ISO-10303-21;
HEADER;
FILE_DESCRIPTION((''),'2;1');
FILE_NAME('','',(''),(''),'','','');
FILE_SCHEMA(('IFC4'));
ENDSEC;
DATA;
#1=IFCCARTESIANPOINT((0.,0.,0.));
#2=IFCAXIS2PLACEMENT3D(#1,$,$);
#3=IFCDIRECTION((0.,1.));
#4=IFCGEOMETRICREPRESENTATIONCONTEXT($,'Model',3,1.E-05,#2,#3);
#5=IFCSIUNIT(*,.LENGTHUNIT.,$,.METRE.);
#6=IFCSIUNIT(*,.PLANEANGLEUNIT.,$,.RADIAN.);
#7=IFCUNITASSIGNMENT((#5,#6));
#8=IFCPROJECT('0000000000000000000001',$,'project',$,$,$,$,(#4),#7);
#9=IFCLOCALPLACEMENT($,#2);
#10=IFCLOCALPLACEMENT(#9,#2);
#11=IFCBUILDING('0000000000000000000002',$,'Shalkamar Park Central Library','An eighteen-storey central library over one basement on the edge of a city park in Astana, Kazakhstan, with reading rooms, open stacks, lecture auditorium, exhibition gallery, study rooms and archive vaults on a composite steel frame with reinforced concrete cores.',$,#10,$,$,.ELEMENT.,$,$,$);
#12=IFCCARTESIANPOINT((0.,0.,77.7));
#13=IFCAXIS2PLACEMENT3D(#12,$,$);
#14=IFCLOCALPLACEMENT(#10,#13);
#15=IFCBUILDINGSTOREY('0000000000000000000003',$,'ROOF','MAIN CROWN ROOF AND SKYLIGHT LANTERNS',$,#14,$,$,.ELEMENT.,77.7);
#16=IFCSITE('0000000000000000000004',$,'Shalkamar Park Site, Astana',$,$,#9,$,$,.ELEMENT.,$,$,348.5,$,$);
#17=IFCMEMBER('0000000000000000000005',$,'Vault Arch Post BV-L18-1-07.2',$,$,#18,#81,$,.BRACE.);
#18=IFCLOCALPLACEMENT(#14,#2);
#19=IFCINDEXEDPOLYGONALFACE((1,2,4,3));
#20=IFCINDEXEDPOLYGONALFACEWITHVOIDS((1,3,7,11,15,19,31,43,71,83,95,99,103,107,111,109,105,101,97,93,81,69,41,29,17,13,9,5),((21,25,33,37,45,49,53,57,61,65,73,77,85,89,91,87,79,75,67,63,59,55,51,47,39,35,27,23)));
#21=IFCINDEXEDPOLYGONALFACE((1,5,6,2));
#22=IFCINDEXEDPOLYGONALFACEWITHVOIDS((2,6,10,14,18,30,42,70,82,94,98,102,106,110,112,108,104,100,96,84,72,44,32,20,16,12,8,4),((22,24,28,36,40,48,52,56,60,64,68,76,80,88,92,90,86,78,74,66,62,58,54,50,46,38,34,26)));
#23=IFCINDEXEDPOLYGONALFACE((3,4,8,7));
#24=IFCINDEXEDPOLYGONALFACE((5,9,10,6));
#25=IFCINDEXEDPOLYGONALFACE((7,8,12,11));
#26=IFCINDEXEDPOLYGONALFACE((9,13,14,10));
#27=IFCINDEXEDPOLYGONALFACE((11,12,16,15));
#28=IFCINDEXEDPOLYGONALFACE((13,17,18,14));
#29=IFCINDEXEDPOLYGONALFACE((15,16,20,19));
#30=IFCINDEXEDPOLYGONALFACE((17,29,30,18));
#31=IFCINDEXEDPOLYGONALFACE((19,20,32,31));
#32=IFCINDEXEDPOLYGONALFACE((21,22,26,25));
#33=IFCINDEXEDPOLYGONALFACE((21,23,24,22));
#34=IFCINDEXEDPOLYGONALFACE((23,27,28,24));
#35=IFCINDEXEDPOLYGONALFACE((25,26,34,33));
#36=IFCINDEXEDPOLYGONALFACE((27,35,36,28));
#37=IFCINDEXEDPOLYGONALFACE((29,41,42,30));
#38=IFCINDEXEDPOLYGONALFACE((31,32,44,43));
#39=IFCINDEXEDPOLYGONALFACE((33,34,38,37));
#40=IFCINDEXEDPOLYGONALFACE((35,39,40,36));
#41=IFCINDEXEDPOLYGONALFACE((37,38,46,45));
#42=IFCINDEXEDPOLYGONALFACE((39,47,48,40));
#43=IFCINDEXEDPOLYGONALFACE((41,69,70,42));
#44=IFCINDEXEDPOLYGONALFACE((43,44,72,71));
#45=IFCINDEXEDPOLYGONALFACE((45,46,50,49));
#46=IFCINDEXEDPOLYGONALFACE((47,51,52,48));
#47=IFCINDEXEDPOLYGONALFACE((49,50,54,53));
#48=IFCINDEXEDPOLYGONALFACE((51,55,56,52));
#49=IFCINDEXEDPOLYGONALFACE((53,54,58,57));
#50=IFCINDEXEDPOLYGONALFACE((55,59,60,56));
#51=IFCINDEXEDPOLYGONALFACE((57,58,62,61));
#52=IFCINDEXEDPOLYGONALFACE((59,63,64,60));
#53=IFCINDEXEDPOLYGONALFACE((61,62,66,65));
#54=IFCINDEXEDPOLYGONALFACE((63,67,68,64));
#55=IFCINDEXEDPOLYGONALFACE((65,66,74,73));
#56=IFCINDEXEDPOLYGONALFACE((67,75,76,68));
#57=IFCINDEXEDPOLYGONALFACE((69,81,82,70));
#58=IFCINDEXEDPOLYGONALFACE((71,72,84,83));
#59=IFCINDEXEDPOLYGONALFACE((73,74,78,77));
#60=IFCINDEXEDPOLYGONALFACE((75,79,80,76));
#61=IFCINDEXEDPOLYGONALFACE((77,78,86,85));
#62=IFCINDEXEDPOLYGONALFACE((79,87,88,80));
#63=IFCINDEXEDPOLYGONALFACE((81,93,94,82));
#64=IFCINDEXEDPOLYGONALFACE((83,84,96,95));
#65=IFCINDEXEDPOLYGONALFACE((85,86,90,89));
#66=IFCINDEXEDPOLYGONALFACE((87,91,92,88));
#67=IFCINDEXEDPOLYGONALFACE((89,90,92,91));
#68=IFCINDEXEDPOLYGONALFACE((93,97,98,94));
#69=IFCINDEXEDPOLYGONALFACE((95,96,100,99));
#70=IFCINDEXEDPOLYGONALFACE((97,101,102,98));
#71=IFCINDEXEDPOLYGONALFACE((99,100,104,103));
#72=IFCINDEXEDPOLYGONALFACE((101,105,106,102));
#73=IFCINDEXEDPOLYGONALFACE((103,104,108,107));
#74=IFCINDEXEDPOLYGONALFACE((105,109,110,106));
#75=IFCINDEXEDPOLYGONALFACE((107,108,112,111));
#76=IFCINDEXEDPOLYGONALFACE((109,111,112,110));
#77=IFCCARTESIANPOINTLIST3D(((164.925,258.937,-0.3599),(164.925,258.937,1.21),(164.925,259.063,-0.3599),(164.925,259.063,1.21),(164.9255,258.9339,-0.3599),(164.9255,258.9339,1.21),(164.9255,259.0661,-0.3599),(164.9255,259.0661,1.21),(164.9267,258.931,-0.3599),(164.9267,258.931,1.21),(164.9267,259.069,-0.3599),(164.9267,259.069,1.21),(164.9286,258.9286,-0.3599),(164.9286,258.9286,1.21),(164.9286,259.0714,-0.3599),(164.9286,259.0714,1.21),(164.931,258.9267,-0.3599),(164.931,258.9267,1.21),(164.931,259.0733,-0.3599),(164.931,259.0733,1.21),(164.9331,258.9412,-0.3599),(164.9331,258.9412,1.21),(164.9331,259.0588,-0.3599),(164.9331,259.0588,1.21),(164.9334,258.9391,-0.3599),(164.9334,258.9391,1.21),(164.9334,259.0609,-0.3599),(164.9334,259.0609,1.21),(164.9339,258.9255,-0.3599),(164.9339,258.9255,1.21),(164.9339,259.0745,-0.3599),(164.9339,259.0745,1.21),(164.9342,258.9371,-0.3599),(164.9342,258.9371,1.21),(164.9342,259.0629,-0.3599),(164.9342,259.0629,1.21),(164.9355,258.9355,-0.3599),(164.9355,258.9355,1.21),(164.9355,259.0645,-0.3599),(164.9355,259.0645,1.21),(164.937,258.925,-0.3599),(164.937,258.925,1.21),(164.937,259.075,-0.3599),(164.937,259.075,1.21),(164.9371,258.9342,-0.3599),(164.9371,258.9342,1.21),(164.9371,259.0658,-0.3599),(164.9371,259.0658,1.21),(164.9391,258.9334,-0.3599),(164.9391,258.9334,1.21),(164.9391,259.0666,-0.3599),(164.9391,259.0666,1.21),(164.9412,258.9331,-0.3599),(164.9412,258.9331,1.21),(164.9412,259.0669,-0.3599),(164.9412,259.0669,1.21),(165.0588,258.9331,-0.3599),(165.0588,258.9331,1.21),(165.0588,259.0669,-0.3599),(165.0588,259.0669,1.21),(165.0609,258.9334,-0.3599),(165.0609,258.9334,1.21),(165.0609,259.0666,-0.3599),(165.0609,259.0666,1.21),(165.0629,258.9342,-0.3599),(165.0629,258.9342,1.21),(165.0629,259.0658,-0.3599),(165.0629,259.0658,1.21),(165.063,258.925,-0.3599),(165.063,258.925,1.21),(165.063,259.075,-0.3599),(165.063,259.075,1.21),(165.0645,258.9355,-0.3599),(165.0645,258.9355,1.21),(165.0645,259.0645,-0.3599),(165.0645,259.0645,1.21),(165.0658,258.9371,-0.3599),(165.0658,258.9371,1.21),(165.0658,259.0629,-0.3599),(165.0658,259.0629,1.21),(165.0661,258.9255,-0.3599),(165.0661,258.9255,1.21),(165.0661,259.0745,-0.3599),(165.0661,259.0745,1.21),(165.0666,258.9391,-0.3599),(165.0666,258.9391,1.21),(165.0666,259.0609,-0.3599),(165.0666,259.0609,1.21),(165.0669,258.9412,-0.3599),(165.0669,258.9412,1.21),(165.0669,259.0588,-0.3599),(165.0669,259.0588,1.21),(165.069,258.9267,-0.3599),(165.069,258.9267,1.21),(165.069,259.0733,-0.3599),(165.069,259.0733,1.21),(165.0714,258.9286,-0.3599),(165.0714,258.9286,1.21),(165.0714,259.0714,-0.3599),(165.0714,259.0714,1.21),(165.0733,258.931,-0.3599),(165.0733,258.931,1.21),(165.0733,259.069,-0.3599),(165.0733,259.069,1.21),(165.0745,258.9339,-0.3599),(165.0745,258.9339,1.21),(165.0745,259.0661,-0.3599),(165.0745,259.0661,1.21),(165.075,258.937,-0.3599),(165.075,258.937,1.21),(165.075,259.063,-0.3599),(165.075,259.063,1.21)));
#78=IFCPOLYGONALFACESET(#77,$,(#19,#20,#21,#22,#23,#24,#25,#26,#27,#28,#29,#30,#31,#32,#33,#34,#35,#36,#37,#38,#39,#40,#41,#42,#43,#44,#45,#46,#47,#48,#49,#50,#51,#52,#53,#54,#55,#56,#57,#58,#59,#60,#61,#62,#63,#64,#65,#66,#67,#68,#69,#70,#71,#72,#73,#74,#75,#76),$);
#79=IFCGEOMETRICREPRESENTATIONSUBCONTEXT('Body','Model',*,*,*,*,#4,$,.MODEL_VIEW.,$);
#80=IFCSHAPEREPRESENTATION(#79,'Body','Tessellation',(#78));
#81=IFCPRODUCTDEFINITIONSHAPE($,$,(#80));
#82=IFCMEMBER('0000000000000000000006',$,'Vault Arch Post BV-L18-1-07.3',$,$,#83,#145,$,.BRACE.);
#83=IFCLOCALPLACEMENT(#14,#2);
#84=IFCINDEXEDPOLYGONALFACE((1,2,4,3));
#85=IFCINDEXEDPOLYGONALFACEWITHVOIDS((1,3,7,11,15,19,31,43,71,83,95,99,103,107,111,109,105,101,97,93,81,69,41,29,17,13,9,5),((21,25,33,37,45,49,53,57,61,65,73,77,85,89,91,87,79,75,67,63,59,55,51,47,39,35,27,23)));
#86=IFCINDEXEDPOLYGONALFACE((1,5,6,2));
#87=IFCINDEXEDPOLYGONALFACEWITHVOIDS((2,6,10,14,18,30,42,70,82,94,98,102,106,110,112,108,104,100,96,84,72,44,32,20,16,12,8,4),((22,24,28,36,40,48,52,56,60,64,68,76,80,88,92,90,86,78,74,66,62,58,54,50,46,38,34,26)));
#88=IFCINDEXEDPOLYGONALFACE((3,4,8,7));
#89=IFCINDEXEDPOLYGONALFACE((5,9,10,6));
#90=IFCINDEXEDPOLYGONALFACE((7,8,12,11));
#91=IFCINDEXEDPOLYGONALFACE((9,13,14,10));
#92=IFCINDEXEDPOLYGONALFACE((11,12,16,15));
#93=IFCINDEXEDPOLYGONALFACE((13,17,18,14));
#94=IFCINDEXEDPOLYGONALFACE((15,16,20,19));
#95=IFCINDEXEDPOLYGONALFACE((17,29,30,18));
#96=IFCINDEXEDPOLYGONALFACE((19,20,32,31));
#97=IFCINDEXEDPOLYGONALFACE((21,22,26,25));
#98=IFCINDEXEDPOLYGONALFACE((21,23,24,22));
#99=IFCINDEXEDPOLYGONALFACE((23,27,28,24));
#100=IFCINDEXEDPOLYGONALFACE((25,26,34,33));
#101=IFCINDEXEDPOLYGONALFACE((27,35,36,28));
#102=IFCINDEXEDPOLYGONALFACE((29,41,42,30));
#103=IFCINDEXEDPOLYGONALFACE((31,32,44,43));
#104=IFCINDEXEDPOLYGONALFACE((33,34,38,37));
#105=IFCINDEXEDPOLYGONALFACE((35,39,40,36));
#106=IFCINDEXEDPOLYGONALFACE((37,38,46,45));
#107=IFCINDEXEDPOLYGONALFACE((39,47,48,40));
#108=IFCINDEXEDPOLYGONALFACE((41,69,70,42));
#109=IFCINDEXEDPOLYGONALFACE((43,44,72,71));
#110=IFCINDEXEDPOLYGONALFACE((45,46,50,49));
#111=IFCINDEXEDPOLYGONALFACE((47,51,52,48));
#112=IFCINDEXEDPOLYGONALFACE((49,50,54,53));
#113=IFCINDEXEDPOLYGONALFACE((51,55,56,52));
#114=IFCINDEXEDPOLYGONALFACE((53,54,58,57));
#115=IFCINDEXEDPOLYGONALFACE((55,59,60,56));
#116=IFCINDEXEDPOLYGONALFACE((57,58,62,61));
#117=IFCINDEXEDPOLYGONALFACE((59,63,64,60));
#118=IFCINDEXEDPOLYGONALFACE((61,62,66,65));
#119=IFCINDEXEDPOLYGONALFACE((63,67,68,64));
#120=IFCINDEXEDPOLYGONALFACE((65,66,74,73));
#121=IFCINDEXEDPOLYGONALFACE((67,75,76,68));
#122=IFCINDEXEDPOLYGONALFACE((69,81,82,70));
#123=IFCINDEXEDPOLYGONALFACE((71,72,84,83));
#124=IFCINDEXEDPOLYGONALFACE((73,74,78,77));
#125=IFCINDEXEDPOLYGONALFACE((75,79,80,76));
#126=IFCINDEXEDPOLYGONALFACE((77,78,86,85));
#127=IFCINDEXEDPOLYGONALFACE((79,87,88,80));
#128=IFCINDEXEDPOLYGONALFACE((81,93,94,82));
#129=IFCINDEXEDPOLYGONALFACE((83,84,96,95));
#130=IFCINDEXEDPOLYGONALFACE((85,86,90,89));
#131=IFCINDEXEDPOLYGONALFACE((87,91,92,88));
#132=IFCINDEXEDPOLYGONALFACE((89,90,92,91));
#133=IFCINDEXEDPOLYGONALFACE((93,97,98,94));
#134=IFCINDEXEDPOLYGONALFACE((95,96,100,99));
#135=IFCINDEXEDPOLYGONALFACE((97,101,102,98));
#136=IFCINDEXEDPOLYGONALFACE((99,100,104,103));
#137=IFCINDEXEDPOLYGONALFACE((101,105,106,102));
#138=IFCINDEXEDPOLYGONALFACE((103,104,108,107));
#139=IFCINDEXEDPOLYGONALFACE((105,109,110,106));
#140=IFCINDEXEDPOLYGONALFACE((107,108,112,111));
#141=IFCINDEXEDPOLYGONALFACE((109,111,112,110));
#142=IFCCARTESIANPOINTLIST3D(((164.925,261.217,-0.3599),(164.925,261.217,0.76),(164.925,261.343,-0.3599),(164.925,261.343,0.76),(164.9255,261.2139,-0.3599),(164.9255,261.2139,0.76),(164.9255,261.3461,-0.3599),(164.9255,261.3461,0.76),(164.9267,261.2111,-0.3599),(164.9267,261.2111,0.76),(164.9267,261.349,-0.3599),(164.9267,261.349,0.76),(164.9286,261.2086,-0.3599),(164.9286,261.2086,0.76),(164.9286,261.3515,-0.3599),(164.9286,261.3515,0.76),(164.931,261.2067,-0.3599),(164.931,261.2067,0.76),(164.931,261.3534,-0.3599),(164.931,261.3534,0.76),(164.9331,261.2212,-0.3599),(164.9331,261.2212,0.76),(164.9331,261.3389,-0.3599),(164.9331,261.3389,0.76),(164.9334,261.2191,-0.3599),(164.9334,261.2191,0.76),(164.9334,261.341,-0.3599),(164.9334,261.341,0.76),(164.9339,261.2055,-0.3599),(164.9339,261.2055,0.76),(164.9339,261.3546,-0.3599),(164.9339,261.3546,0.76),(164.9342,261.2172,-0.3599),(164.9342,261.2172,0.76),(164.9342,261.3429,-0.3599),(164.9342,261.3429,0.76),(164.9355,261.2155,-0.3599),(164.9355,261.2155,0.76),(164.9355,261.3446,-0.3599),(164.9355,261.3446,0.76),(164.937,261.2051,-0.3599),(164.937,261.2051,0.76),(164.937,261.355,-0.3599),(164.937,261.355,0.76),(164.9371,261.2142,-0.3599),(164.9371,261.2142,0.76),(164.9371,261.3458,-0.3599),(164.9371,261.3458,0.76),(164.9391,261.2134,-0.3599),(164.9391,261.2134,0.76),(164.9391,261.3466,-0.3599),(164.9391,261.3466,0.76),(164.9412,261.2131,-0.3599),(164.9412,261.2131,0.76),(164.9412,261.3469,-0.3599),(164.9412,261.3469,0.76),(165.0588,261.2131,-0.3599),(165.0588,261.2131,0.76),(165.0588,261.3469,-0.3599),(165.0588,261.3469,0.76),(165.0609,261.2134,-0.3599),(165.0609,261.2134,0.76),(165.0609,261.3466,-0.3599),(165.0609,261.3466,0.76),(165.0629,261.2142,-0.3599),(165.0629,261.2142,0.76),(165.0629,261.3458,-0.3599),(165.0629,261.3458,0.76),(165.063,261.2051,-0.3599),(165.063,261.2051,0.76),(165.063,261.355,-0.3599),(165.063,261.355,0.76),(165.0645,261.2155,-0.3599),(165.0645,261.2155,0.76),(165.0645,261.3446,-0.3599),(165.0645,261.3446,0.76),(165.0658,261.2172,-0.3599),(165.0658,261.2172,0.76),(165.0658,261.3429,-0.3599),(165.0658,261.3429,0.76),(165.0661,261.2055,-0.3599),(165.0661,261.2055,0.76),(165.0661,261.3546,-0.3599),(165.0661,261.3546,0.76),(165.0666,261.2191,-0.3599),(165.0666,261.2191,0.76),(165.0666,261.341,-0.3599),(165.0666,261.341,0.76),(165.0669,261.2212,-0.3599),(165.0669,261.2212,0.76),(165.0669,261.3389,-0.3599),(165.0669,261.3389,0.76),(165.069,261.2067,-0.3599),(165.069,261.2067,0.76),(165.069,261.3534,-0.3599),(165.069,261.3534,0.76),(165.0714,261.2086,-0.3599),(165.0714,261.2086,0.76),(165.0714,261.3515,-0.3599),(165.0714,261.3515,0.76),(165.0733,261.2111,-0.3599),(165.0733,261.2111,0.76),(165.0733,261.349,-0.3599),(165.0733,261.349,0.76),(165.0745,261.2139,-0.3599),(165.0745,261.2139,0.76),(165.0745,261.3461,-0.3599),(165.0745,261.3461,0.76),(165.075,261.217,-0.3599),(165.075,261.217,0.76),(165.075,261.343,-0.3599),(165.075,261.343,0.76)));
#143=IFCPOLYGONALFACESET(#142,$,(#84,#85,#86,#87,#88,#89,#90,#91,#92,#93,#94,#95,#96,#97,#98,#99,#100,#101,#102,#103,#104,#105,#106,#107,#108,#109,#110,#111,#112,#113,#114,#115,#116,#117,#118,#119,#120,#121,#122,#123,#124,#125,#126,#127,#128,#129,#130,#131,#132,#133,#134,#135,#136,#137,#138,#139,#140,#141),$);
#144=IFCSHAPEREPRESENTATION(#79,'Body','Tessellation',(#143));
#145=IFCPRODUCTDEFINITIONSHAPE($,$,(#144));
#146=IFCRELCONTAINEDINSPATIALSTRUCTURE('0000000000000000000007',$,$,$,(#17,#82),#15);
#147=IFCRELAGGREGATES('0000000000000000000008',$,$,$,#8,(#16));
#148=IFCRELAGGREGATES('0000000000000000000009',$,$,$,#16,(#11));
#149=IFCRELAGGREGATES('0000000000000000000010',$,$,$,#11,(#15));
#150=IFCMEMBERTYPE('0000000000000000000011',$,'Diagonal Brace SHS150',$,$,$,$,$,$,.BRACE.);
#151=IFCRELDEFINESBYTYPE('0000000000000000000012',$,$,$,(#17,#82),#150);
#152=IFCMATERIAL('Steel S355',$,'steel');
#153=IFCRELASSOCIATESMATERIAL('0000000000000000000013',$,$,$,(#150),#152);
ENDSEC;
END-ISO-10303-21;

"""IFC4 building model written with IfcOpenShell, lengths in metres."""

from ifc_helpers import new_model, si_unit, direction, frame, origin, origin_2d, place, context, subcontext, project, spatial, hollow_rectangle, extrude, material, material_profile, profile_set, type_object, element, save


model = new_model("IFC4")

# Units and contexts
model_context = context("Model", 3, precision=1e-05, world=origin(), true_north=direction((0.0, 1.0)))
body_context = subcontext(model_context, "Body", "Model", "MODEL_VIEW")
ifc_project = project(units=[si_unit("LENGTHUNIT", "METRE"), si_unit("PLANEANGLEUNIT", "RADIAN")], contexts=[model_context])

# Site, building, storey
site_placement = place(None, origin())
site = spatial("IfcSite", under=ifc_project, at=site_placement, Name="Shalkamar Park Site, Astana", CompositionType="ELEMENT", RefElevation=348.5)
building_placement = place(site_placement, origin())
building = spatial("IfcBuilding", under=site, at=building_placement, Name="Shalkamar Park Central Library", Description="An eighteen-storey central library over one basement on the edge of a city park in Astana, Kazakhstan, with reading rooms, open stacks, lecture auditorium, exhibition gallery, study rooms and archive vaults on a composite steel frame with reinforced concrete cores.", CompositionType="ELEMENT")
storey_placement = place(building_placement, frame((0.0, 0.0, 77.7)))
storey = spatial("IfcBuildingStorey", under=building, at=storey_placement, Name="ROOF", Description="MAIN CROWN ROOF AND SKYLIGHT LANTERNS", CompositionType="ELEMENT", Elevation=77.7)

# Members
ifc_material_1 = material(Name="Steel S355", Category="steel")
ifc_material_profile_1 = material_profile(ifc_material_1, hollow_rectangle(XDim=0.1499, YDim=0.1499, WallThickness=0.0081, InnerFilletRadius=0.0081, OuterFilletRadius=0.012, at=origin_2d()), Name="SHS 150x150x8")
ifc_profile_set_1 = profile_set([ifc_material_profile_1], Name="Steel S355")
member_type_1 = type_object("IfcMemberType", Name="Diagonal Brace SHS150", PredefinedType="BRACE", material=ifc_profile_set_1)
member_1_placement = place(storey_placement, frame((165.0, 259.0, -0.3599), z_axis=(0.0, 0.0, 1.0), x_axis=(1.0, 0.0, 0.0)))
element("IfcMember", 1, at=member_1_placement, inside=storey, type_object=member_type_1, Name="Vault Arch Post BV-L18-1-07.2", PredefinedType="BRACE", context=body_context, shape_type="SweptSolid", body=[
    extrude(hollow_rectangle(XDim=0.1499, YDim=0.1499, WallThickness=0.0081, InnerFilletRadius=0.0081, OuterFilletRadius=0.012, at=origin_2d()), origin(), (0.0, 0.0, 1.0), 1.5698),
])
member_2_placement = place(storey_placement, frame((165.0, 261.28, -0.3599), z_axis=(0.0, 0.0, 1.0), x_axis=(1.0, 0.0, 0.0)))
element("IfcMember", 2, at=member_2_placement, inside=storey, type_object=member_type_1, Name="Vault Arch Post BV-L18-1-07.3", PredefinedType="BRACE", context=body_context, shape_type="SweptSolid", body=[
    extrude(hollow_rectangle(XDim=0.1499, YDim=0.1499, WallThickness=0.0081, InnerFilletRadius=0.0081, OuterFilletRadius=0.012, at=origin_2d()), origin(), (0.0, 0.0, 1.0), 1.1199),
])

save(model, "model.ifc")
